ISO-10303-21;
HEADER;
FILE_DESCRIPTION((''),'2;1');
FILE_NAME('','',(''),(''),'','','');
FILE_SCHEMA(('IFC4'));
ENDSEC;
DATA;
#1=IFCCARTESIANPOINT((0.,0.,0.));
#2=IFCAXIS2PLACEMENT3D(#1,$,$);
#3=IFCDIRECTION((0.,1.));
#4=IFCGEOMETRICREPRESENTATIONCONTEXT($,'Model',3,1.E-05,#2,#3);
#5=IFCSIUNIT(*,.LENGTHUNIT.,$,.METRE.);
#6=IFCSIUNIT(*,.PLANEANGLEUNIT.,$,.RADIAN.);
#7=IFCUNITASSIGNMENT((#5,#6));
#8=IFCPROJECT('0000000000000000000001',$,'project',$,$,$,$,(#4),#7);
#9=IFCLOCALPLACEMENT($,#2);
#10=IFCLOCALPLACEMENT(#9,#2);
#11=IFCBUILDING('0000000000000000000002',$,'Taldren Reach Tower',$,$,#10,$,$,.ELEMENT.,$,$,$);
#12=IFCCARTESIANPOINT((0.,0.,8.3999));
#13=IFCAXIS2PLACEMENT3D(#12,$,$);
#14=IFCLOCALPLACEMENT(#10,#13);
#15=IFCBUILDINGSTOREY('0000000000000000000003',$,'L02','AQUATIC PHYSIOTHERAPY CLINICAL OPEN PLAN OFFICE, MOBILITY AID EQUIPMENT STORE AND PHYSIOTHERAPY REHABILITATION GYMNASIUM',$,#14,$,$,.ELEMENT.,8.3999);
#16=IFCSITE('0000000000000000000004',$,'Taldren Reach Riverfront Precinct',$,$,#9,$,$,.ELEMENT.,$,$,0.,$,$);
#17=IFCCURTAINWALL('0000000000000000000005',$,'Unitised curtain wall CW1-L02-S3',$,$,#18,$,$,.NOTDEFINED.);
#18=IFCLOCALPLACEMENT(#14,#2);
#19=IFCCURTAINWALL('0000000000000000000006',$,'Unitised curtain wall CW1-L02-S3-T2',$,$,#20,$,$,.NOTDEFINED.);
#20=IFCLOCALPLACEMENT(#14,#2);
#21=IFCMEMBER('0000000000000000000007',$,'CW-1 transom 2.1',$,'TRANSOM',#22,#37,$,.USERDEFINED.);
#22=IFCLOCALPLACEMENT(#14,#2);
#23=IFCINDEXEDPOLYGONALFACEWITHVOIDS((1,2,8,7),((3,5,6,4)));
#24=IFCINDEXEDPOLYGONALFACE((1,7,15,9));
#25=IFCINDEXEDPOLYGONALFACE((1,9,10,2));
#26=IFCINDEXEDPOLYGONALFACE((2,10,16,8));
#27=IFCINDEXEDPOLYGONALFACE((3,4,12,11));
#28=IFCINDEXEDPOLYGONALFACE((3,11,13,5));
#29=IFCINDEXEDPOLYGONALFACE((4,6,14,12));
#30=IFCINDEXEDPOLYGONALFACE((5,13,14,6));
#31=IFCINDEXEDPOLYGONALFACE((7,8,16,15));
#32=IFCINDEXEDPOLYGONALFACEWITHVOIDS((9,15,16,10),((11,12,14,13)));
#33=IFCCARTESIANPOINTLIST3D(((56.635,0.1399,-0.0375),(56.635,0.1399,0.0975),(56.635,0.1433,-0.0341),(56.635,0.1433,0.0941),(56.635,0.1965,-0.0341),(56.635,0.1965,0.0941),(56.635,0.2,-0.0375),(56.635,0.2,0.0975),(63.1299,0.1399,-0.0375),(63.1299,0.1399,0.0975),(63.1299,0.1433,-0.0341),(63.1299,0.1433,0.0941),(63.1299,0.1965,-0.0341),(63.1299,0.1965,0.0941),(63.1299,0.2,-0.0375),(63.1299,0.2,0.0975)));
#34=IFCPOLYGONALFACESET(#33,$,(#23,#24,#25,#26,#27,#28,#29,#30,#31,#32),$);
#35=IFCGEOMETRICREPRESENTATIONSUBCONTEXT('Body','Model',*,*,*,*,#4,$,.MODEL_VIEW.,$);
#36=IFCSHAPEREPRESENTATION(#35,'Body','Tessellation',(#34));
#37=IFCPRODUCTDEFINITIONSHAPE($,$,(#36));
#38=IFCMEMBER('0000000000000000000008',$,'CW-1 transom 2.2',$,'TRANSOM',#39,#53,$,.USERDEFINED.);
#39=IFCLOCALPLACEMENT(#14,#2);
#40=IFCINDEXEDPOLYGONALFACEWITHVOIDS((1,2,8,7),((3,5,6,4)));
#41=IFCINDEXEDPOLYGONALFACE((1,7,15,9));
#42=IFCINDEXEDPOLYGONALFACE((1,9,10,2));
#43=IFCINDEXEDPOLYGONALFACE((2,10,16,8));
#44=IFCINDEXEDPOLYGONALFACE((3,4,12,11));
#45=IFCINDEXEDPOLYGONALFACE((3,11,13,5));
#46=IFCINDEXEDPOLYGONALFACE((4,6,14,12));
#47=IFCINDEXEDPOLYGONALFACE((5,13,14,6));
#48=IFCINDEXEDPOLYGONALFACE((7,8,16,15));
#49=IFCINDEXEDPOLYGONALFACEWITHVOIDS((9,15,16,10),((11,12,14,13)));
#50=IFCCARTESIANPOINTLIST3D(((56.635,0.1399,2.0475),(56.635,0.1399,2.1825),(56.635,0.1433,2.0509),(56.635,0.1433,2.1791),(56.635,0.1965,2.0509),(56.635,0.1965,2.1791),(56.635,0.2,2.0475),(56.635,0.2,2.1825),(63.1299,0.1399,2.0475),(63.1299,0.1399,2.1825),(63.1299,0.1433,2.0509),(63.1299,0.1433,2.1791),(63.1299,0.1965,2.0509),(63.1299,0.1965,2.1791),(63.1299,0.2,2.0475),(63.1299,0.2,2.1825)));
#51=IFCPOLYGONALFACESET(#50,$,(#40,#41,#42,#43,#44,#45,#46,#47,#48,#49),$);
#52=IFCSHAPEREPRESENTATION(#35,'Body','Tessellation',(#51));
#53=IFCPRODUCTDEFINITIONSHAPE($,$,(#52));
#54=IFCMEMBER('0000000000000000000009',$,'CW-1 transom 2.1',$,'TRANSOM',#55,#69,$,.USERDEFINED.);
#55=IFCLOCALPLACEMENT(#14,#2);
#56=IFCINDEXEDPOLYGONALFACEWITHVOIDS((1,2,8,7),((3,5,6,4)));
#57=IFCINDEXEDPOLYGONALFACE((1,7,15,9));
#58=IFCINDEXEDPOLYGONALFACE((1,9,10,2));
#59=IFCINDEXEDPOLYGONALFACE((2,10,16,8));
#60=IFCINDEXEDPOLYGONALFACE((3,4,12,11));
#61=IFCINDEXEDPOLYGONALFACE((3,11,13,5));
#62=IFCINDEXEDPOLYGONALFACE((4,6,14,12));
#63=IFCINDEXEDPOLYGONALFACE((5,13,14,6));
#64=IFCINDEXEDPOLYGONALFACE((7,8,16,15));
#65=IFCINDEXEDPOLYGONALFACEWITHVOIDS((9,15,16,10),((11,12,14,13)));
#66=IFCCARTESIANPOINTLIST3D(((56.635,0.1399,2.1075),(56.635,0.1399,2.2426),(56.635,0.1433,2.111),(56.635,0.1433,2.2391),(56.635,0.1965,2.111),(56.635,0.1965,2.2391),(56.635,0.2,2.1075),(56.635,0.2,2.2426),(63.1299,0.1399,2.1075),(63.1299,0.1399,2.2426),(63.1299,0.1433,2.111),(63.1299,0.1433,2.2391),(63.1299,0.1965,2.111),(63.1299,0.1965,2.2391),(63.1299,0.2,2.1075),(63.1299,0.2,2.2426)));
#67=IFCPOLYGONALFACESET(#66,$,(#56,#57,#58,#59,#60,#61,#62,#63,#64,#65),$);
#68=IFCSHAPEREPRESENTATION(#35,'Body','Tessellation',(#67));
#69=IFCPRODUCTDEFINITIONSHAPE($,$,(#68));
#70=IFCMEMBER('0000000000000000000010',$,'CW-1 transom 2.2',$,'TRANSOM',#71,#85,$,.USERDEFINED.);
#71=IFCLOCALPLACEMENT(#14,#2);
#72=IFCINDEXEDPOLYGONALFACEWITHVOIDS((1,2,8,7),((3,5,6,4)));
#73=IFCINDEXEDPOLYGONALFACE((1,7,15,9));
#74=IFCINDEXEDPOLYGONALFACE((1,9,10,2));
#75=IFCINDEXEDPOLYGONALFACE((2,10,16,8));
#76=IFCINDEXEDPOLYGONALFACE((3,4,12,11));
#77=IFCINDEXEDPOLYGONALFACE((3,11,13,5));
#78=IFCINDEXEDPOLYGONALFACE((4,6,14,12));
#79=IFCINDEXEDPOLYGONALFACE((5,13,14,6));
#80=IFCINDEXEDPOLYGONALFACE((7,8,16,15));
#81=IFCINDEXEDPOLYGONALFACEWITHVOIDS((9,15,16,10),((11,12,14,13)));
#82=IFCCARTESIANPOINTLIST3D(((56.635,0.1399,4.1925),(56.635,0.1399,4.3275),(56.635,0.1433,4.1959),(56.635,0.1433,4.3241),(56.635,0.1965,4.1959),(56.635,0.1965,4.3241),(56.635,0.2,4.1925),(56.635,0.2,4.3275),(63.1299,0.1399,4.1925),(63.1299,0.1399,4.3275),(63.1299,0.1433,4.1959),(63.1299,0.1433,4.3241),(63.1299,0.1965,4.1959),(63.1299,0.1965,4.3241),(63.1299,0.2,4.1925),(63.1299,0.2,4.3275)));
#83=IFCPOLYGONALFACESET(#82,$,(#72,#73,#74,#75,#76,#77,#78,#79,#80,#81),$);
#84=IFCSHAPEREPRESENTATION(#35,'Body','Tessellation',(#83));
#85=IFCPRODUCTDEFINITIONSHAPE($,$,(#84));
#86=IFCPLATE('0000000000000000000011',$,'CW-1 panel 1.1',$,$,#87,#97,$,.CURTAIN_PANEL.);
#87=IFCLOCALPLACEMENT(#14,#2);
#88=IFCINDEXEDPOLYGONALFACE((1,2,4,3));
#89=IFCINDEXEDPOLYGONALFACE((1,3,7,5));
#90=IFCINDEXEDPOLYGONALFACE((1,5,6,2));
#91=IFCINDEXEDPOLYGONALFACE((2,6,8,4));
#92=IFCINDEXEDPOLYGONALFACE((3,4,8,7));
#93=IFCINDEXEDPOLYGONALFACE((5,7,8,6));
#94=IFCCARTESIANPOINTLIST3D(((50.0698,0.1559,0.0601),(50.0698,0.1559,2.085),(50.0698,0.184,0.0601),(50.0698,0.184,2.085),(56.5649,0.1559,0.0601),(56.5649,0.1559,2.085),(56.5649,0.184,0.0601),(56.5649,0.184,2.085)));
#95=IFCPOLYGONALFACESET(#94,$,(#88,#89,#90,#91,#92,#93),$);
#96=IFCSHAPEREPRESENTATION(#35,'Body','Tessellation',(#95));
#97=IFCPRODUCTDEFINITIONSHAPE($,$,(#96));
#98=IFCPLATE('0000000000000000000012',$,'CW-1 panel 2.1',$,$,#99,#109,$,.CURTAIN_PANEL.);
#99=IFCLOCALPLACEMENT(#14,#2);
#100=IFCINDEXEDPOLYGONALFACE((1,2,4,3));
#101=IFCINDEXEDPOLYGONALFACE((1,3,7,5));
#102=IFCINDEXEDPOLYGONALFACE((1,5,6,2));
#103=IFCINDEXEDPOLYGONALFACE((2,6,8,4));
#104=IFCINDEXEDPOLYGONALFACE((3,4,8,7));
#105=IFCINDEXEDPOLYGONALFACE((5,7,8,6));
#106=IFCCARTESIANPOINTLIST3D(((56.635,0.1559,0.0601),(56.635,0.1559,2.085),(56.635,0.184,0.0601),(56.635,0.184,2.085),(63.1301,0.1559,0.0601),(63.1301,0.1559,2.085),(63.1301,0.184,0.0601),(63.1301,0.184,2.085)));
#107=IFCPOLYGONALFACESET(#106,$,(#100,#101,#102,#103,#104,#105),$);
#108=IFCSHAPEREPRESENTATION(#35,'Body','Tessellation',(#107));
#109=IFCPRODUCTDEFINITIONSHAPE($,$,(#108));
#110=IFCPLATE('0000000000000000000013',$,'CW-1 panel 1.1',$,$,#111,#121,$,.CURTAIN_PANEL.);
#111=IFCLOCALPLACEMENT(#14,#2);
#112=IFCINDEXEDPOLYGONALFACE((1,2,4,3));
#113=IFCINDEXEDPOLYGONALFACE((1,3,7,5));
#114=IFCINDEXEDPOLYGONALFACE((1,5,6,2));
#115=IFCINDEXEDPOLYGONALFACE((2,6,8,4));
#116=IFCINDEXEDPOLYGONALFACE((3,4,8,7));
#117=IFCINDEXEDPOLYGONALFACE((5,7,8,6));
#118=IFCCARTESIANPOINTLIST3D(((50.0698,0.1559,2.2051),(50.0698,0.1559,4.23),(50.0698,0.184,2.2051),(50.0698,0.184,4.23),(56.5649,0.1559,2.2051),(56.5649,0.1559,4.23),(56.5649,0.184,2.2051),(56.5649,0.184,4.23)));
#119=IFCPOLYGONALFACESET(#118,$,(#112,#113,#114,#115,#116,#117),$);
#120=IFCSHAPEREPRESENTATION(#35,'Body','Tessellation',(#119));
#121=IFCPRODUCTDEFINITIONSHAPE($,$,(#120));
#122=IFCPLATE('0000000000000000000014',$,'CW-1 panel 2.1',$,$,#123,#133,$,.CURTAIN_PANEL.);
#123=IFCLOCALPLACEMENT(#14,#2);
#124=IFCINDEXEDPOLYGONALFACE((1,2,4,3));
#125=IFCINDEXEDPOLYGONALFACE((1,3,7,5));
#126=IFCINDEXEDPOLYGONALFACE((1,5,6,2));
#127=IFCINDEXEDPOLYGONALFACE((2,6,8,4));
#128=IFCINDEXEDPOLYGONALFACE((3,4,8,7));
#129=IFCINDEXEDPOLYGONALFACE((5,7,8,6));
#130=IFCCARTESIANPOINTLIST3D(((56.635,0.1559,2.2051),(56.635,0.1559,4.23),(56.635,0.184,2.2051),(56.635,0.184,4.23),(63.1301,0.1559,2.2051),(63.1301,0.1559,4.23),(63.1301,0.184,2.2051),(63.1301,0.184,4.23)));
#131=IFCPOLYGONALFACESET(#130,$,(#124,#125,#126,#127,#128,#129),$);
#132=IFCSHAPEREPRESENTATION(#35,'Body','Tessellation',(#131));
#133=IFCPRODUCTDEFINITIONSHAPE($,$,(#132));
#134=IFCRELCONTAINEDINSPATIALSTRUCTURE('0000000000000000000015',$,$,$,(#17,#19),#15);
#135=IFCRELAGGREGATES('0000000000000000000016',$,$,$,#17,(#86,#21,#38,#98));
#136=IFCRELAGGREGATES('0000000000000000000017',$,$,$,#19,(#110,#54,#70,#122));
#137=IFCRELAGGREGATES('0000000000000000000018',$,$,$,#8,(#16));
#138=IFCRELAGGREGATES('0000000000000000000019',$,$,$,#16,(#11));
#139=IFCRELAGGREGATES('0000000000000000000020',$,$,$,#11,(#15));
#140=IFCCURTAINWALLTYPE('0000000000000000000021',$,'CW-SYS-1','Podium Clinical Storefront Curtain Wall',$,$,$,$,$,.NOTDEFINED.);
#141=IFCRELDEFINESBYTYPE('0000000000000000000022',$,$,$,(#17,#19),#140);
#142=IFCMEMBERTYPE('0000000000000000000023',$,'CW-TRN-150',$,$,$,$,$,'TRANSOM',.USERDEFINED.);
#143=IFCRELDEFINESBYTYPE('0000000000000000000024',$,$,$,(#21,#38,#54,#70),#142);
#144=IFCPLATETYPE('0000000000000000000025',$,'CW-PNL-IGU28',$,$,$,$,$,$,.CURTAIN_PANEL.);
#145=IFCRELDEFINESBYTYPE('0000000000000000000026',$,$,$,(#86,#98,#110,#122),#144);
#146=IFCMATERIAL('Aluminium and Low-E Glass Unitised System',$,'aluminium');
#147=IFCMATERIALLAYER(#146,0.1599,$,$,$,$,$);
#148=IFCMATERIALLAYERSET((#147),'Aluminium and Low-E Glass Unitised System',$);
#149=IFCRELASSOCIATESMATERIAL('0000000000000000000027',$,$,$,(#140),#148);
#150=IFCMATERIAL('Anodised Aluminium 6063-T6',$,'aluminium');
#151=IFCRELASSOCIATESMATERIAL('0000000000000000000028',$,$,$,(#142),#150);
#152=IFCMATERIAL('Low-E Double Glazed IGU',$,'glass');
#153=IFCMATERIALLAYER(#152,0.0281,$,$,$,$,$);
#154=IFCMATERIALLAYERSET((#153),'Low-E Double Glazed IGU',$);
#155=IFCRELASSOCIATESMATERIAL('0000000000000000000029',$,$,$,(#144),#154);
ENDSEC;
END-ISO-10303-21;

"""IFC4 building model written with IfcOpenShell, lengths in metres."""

from ifc_helpers import new_model, si_unit, direction, frame, origin, origin_2d, place, context, subcontext, project, spatial, rectangle, hollow_rectangle, extrude, source, transform, mapped, material, layer, layer_set, material_profile, profile_set, type_object, element, aggregate, save


model = new_model("IFC4")

# Units and contexts
model_context = context("Model", 3, precision=1e-05, world=origin(), true_north=direction((0.0, 1.0)))
body_context = subcontext(model_context, "Body", "Model", "MODEL_VIEW")
ifc_project = project(units=[si_unit("LENGTHUNIT", "METRE"), si_unit("PLANEANGLEUNIT", "RADIAN")], contexts=[model_context])

# Site, building, storey
site_placement = place(None, origin())
site = spatial("IfcSite", under=ifc_project, at=site_placement, Name="Taldren Reach Riverfront Precinct", CompositionType="ELEMENT", RefElevation=0.0)
building_placement = place(site_placement, origin())
building = spatial("IfcBuilding", under=site, at=building_placement, Name="Taldren Reach Tower", CompositionType="ELEMENT")
storey_placement = place(building_placement, frame((0.0, 0.0, 8.3999)))
storey = spatial("IfcBuildingStorey", under=building, at=storey_placement, Name="L02", Description="AQUATIC PHYSIOTHERAPY CLINICAL OPEN PLAN OFFICE, MOBILITY AID EQUIPMENT STORE AND PHYSIOTHERAPY REHABILITATION GYMNASIUM", CompositionType="ELEMENT", Elevation=8.3999)

# Curtain walls
ifc_material_1 = material(Name="Aluminium and Low-E Glass Unitised System", Category="aluminium")
ifc_layer_1 = layer(ifc_material_1, 0.1599)
ifc_layer_set_1 = layer_set([ifc_layer_1], Name="Aluminium and Low-E Glass Unitised System")
curtain_wall_type = type_object("IfcCurtainWallType", Name="CW-SYS-1", Description="Podium Clinical Storefront Curtain Wall", PredefinedType="NOTDEFINED", material=ifc_layer_set_1)
curtain_wall_1_placement = place(storey_placement, origin())
curtain_wall_1 = element("IfcCurtainWall", 1, at=curtain_wall_1_placement, inside=storey, type_object=curtain_wall_type, Name="Unitised curtain wall CW1-L02-S3", PredefinedType="NOTDEFINED")
ifc_material_2 = material(Name="Anodised Aluminium 6063-T6", Category="aluminium")
curtain_wall_2_placement = place(storey_placement, origin())
curtain_wall_2 = element("IfcCurtainWall", 2, at=curtain_wall_2_placement, inside=storey, type_object=curtain_wall_type, Name="Unitised curtain wall CW1-L02-S3-T2", PredefinedType="NOTDEFINED")

# Members
ifc_material_profile_1 = material_profile(ifc_material_2, hollow_rectangle(XDim=0.0601, YDim=0.135, WallThickness=0.0034, at=origin_2d()), Name="ALU-135x60x3.5RHS")
ifc_profile_set_1 = profile_set([ifc_material_profile_1], Name="Anodised Aluminium 6063-T6")
member_type_1 = type_object("IfcMemberType", Name="CW-TRN-150", ElementType="TRANSOM", PredefinedType="USERDEFINED", material=ifc_profile_set_1)
shared_shape_1 = source(origin(), body_context, "Body", "SweptSolid", [
    extrude(hollow_rectangle(XDim=0.0601, YDim=0.135, WallThickness=0.0034, at=origin_2d()), origin(), (0.0, 0.0, 1.0), 6.4949),
])
member_1_placement = place(storey_placement, frame((56.635, 0.1699, 0.03), z_axis=(1.0, 0.0, 0.0), x_axis=(0.0, 1.0, 0.0)))
member_1 = element("IfcMember", 3, at=member_1_placement, type_object=member_type_1, Name="CW-1 transom 2.1", ObjectType="TRANSOM", PredefinedType="USERDEFINED", context=body_context, shape_type="MappedRepresentation", body=[
    mapped(shared_shape_1, transform((0.0, 0.0, 0.0), scale=1.0)),
])
member_2_placement = place(storey_placement, frame((56.635, 0.1699, 2.115), z_axis=(1.0, 0.0, 0.0), x_axis=(0.0, 1.0, 0.0)))
member_2 = element("IfcMember", 4, at=member_2_placement, type_object=member_type_1, Name="CW-1 transom 2.2", ObjectType="TRANSOM", PredefinedType="USERDEFINED", context=body_context, shape_type="MappedRepresentation", body=[
    mapped(shared_shape_1, transform((0.0, 0.0, 0.0), scale=1.0)),
])
member_3_placement = place(storey_placement, frame((56.635, 0.1699, 2.175), z_axis=(1.0, 0.0, 0.0), x_axis=(0.0, 1.0, 0.0)))
member_3 = element("IfcMember", 5, at=member_3_placement, type_object=member_type_1, Name="CW-1 transom 2.1", ObjectType="TRANSOM", PredefinedType="USERDEFINED", context=body_context, shape_type="MappedRepresentation", body=[
    mapped(shared_shape_1, transform((0.0, 0.0, 0.0), scale=1.0)),
])
member_4_placement = place(storey_placement, frame((56.635, 0.1699, 4.26), z_axis=(1.0, 0.0, 0.0), x_axis=(0.0, 1.0, 0.0)))
member_4 = element("IfcMember", 6, at=member_4_placement, type_object=member_type_1, Name="CW-1 transom 2.2", ObjectType="TRANSOM", PredefinedType="USERDEFINED", context=body_context, shape_type="MappedRepresentation", body=[
    mapped(shared_shape_1, transform((0.0, 0.0, 0.0), scale=1.0)),
])

# Plates
ifc_material_3 = material(Name="Low-E Double Glazed IGU", Category="glass")
ifc_layer_2 = layer(ifc_material_3, 0.0281)
ifc_layer_set_2 = layer_set([ifc_layer_2], Name="Low-E Double Glazed IGU")
plate_type = type_object("IfcPlateType", Name="CW-PNL-IGU28", PredefinedType="CURTAIN_PANEL", material=ifc_layer_set_2)
shared_shape_2 = source(origin(), body_context, "Body", "SweptSolid", [
    extrude(rectangle(XDim=6.4951, YDim=0.0281, at=origin_2d()), origin(), (0.0, 0.0, 1.0), 2.0249),
])
plate_1_placement = place(storey_placement, frame((53.3174, 0.1699, 0.0601), z_axis=(0.0, 0.0, 1.0), x_axis=(1.0, 0.0, 0.0)))
plate_1 = element("IfcPlate", 7, at=plate_1_placement, type_object=plate_type, Name="CW-1 panel 1.1", PredefinedType="CURTAIN_PANEL", context=body_context, shape_type="MappedRepresentation", body=[
    mapped(shared_shape_2, transform((0.0, 0.0, 0.0), scale=1.0)),
])
plate_2_placement = place(storey_placement, frame((59.8826, 0.1699, 0.0601), z_axis=(0.0, 0.0, 1.0), x_axis=(1.0, 0.0, 0.0)))
plate_2 = element("IfcPlate", 8, at=plate_2_placement, type_object=plate_type, Name="CW-1 panel 2.1", PredefinedType="CURTAIN_PANEL", context=body_context, shape_type="MappedRepresentation", body=[
    mapped(shared_shape_2, transform((0.0, 0.0, 0.0), scale=1.0)),
])
aggregate(curtain_wall_1, [plate_1, member_1, member_2, plate_2])
plate_3_placement = place(storey_placement, frame((53.3174, 0.1699, 2.2051), z_axis=(0.0, 0.0, 1.0), x_axis=(1.0, 0.0, 0.0)))
plate_3 = element("IfcPlate", 9, at=plate_3_placement, type_object=plate_type, Name="CW-1 panel 1.1", PredefinedType="CURTAIN_PANEL", context=body_context, shape_type="MappedRepresentation", body=[
    mapped(shared_shape_2, transform((0.0, 0.0, 0.0), scale=1.0)),
])
plate_4_placement = place(storey_placement, frame((59.8826, 0.1699, 2.2051), z_axis=(0.0, 0.0, 1.0), x_axis=(1.0, 0.0, 0.0)))
plate_4 = element("IfcPlate", 10, at=plate_4_placement, type_object=plate_type, Name="CW-1 panel 2.1", PredefinedType="CURTAIN_PANEL", context=body_context, shape_type="MappedRepresentation", body=[
    mapped(shared_shape_2, transform((0.0, 0.0, 0.0), scale=1.0)),
])
aggregate(curtain_wall_2, [plate_3, member_3, member_4, plate_4])

save(model, "model.ifc")
